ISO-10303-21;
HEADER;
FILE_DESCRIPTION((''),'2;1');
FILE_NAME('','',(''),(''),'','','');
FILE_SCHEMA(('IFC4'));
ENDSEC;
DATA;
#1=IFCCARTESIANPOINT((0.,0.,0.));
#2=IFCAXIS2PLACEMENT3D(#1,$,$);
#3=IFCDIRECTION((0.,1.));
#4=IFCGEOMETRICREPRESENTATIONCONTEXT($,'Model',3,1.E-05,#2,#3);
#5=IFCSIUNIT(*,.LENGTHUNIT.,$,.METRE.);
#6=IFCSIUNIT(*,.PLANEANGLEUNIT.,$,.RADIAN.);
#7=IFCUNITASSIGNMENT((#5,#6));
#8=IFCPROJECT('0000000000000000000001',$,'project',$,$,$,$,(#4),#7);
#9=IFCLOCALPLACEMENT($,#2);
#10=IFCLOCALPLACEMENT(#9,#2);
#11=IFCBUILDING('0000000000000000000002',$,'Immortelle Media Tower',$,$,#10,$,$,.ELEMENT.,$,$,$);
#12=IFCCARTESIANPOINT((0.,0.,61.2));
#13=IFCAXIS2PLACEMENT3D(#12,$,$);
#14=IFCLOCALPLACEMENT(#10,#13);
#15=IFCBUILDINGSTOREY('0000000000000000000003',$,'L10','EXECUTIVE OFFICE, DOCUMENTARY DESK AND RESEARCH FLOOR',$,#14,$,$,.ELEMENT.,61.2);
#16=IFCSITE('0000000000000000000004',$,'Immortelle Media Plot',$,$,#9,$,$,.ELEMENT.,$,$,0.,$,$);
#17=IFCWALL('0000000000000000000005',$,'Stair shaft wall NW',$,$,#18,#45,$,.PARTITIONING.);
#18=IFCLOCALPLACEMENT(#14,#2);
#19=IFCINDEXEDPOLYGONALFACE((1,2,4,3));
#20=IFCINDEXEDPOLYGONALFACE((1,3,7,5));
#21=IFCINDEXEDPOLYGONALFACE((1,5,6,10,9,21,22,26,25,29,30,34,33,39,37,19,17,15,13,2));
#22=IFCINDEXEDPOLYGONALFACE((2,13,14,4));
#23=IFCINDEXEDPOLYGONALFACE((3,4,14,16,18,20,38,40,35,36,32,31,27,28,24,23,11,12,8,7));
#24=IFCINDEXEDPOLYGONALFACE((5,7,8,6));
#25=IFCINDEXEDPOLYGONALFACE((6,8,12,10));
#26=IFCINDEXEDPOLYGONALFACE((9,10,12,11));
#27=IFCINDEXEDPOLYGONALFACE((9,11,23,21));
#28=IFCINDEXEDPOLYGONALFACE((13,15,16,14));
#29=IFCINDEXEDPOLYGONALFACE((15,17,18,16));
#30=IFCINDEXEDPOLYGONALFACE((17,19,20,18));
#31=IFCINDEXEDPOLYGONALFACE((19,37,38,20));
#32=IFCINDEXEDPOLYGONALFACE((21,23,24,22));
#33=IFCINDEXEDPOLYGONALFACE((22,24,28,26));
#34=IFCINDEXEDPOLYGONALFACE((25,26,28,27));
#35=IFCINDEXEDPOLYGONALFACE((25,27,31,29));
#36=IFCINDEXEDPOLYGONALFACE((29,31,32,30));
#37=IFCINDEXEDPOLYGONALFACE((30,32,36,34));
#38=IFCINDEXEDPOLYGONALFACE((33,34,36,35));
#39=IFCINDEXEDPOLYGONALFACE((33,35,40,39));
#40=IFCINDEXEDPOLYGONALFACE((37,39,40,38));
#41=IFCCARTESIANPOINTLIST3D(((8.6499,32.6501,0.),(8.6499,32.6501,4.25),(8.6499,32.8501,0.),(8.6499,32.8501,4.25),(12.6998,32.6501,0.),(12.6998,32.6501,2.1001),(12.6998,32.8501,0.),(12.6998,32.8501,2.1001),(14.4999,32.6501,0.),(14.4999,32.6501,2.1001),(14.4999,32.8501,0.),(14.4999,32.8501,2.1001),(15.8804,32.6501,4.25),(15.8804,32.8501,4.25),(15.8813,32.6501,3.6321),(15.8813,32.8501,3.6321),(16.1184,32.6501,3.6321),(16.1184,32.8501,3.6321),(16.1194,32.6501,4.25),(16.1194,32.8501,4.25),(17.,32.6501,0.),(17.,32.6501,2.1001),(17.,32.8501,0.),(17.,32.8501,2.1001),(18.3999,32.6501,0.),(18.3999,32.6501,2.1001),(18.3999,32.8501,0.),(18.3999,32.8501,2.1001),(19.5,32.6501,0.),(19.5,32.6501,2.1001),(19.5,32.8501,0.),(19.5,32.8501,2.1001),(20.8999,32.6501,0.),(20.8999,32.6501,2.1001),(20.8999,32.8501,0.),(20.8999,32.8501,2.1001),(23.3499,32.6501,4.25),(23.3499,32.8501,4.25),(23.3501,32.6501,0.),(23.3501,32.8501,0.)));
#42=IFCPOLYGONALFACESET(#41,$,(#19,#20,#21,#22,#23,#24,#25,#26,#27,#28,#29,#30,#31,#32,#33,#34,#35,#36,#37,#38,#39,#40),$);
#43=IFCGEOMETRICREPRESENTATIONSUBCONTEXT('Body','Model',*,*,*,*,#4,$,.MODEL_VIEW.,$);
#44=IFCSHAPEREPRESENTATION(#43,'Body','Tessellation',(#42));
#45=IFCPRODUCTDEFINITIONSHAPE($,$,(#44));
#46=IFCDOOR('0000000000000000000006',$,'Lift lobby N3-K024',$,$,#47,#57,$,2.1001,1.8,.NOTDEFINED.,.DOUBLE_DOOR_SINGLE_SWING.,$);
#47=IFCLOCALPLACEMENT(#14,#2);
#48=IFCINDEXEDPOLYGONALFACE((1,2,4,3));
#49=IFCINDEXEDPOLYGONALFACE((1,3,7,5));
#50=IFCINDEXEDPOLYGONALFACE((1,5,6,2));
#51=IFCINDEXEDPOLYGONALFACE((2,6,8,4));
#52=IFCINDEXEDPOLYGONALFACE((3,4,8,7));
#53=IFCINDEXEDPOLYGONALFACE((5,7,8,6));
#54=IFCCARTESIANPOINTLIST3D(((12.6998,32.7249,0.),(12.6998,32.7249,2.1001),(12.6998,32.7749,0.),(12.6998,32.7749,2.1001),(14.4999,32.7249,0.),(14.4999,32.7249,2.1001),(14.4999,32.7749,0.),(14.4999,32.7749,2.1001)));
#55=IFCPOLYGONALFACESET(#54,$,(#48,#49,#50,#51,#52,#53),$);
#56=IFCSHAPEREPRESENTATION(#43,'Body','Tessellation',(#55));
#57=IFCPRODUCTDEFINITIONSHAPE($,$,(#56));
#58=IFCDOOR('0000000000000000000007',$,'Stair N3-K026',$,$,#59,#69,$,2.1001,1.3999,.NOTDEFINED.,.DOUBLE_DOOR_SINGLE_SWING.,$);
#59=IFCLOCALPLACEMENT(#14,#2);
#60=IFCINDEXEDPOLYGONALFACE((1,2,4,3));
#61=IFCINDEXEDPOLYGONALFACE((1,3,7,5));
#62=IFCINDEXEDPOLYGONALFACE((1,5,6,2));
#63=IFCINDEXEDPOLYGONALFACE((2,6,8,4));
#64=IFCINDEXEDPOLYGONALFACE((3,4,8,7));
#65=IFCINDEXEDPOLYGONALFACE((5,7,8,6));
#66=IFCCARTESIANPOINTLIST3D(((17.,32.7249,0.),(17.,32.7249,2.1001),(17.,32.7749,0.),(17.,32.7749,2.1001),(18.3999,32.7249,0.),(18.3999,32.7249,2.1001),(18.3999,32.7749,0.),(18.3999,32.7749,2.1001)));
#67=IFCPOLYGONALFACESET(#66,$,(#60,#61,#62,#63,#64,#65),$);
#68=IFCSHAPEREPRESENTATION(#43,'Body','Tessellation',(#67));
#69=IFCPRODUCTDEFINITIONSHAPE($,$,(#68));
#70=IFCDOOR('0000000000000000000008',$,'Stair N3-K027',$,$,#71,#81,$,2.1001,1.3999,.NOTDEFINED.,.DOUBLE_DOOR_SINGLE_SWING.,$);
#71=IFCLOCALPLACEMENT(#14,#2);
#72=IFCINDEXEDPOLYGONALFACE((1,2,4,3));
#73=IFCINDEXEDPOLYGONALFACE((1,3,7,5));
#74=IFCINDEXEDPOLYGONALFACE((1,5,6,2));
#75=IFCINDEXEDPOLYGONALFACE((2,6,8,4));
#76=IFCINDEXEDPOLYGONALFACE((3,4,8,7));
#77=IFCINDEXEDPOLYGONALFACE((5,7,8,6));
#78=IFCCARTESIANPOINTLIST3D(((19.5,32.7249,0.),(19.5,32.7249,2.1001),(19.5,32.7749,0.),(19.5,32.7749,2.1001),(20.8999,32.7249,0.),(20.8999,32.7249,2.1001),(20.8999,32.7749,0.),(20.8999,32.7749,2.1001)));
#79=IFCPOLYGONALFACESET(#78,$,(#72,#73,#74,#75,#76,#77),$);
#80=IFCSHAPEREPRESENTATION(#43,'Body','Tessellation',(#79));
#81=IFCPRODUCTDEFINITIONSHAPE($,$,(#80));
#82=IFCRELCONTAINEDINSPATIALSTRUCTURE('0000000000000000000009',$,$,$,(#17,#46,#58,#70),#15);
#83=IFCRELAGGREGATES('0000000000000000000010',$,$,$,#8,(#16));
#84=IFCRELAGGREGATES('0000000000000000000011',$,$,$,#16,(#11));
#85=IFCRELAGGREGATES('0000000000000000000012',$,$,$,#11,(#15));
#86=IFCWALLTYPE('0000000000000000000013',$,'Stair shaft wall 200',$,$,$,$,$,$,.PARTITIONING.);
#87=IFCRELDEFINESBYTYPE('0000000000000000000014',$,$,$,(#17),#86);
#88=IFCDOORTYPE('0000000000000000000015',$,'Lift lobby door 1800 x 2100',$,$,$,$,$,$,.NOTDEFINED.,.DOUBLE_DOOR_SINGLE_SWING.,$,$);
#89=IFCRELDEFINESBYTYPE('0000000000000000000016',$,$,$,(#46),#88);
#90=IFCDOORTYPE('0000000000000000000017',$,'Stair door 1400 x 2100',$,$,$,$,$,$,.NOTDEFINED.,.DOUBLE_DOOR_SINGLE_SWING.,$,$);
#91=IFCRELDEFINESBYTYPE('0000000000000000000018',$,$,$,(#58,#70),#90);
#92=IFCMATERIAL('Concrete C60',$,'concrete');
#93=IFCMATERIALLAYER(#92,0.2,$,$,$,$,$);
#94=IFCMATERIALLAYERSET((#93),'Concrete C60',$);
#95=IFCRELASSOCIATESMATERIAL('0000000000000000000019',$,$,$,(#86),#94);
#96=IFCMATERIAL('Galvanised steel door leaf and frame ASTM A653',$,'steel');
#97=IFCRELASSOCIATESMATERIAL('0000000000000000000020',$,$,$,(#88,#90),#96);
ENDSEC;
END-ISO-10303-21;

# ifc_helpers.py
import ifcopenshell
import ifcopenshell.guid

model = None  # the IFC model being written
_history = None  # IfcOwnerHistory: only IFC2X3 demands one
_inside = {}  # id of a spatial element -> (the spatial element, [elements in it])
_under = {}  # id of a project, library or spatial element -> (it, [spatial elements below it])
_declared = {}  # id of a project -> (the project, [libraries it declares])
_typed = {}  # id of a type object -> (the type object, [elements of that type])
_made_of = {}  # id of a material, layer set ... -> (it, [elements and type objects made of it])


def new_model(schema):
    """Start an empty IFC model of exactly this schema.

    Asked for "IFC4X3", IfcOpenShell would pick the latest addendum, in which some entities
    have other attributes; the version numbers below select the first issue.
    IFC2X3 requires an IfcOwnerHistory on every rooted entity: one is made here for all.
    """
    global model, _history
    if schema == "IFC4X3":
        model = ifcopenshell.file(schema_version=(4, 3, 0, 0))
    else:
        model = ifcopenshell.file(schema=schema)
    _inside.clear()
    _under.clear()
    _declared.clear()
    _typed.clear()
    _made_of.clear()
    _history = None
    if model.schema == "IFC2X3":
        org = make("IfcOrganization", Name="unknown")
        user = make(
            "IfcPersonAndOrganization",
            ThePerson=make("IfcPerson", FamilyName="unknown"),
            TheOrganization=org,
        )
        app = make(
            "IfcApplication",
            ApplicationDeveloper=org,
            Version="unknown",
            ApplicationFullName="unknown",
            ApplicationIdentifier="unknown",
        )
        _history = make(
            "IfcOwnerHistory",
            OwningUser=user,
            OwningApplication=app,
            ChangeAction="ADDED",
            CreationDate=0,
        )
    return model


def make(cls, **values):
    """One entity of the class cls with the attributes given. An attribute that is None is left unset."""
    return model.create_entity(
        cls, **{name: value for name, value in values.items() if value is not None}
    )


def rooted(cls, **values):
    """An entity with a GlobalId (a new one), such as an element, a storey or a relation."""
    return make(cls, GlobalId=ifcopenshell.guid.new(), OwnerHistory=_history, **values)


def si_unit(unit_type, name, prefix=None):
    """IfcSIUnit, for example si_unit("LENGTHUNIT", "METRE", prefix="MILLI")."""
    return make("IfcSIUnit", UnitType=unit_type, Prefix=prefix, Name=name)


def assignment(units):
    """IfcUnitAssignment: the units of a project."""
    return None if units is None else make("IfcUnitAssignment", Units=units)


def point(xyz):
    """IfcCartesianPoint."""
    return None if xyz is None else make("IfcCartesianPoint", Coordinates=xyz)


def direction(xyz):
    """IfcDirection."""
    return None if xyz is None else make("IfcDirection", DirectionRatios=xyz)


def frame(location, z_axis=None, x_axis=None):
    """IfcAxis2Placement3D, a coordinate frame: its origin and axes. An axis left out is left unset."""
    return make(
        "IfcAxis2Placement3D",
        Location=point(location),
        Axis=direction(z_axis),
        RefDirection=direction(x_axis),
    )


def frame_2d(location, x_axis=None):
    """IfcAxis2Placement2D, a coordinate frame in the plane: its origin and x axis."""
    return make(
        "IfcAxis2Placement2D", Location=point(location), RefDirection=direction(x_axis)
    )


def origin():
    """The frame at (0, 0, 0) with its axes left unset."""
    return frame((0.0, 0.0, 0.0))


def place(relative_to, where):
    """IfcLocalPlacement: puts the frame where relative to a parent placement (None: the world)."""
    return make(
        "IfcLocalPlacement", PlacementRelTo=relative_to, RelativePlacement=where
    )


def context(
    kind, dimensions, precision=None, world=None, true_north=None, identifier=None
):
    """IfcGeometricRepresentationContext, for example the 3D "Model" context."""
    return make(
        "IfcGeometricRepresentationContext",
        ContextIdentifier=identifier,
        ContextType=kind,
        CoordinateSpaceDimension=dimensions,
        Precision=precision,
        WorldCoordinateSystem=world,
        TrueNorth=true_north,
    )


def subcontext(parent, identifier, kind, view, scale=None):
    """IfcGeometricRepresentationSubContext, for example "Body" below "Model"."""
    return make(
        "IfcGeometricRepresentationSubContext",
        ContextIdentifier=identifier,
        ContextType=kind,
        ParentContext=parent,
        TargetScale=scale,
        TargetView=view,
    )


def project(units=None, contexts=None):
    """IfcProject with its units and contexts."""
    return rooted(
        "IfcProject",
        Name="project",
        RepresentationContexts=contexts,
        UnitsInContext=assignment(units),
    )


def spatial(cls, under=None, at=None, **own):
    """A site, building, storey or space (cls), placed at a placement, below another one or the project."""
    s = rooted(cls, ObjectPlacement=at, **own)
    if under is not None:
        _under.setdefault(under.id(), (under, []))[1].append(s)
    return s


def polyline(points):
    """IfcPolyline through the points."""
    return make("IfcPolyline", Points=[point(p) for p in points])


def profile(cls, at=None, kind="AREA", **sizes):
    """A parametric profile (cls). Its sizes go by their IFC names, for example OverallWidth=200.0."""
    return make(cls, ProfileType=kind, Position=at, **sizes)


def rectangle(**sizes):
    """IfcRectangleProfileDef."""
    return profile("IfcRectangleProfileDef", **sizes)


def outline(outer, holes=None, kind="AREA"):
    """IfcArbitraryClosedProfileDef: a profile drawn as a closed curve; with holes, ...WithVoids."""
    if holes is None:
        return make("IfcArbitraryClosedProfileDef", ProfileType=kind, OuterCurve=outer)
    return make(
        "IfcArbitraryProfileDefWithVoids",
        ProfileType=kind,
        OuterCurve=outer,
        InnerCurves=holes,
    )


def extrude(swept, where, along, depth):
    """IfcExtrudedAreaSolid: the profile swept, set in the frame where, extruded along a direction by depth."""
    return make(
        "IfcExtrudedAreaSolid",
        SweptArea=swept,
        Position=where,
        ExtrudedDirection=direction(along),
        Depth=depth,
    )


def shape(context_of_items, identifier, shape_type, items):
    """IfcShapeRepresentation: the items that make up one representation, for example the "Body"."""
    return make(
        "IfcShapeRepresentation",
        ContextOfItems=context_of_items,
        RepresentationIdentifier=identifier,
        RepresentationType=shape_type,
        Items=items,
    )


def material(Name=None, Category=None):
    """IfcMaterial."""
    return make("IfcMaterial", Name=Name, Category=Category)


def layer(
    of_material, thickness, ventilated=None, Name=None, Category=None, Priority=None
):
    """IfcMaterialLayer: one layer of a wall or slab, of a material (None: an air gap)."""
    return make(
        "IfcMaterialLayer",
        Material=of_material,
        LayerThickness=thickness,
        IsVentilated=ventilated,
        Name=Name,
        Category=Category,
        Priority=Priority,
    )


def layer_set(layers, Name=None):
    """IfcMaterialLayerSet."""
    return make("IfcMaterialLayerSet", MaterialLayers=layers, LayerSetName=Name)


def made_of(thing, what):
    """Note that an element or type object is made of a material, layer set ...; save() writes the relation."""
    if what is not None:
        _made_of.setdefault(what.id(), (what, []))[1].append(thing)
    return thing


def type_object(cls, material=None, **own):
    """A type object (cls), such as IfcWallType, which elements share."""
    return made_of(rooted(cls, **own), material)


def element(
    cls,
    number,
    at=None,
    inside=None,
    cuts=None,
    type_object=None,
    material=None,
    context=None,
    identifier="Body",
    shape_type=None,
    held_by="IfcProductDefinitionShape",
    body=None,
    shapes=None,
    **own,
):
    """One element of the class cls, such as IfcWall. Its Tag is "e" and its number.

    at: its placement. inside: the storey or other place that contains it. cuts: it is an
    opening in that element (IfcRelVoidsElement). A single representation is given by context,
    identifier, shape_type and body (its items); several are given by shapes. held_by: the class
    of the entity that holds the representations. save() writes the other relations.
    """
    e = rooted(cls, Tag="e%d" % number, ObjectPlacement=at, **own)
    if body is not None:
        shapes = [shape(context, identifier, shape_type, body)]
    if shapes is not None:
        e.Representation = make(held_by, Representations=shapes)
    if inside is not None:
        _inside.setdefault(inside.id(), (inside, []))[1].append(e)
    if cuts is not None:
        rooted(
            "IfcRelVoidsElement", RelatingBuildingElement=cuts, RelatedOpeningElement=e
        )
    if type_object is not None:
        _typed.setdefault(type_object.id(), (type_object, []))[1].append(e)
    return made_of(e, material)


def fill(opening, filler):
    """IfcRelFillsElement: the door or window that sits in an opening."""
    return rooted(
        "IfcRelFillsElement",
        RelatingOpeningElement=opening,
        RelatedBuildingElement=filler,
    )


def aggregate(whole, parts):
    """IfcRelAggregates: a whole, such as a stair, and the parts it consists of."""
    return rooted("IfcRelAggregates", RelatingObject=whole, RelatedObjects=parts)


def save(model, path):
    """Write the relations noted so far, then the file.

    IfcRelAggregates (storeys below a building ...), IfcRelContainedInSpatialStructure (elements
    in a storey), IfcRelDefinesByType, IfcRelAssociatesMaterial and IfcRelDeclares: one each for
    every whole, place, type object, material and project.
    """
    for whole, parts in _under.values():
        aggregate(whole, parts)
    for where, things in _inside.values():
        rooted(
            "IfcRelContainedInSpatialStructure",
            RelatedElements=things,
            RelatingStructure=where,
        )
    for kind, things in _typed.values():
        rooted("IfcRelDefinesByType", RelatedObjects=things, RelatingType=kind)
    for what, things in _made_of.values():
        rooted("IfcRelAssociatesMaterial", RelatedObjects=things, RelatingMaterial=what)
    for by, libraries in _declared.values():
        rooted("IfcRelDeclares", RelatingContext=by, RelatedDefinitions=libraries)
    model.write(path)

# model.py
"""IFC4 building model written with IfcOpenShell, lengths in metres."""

from ifc_helpers import new_model, si_unit, direction, frame, frame_2d, origin, place, context, subcontext, project, spatial, polyline, rectangle, outline, extrude, material, layer, layer_set, type_object, element, fill, save


model = new_model("IFC4")

# Units and contexts
model_context = context("Model", 3, precision=1e-05, world=origin(), true_north=direction((0.0, 1.0)))
body_context = subcontext(model_context, "Body", "Model", "MODEL_VIEW")
ifc_project = project(units=[si_unit("LENGTHUNIT", "METRE"), si_unit("PLANEANGLEUNIT", "RADIAN")], contexts=[model_context])

# Site, building, storey
site_placement = place(None, origin())
site = spatial("IfcSite", under=ifc_project, at=site_placement, Name="Immortelle Media Plot", CompositionType="ELEMENT", RefElevation=0.0)
building_placement = place(site_placement, origin())
building = spatial("IfcBuilding", under=site, at=building_placement, Name="Immortelle Media Tower", CompositionType="ELEMENT")
storey_placement = place(building_placement, frame((0.0, 0.0, 61.2)))
storey = spatial("IfcBuildingStorey", under=building, at=storey_placement, Name="L10", Description="EXECUTIVE OFFICE, DOCUMENTARY DESK AND RESEARCH FLOOR", CompositionType="ELEMENT", Elevation=61.2)

# Wall, openings, doors
ifc_material_1 = material(Name="Concrete C60", Category="concrete")
ifc_layer_1 = layer(ifc_material_1, 0.2)
ifc_layer_set_1 = layer_set([ifc_layer_1], Name="Concrete C60")
wall_type_1 = type_object("IfcWallType", Name="Stair shaft wall 200", PredefinedType="PARTITIONING", material=ifc_layer_set_1)
wall_1_placement = place(storey_placement, frame((8.6499, 32.75, 0.0), z_axis=(0.0, 0.0, 1.0), x_axis=(1.0, 0.0, 0.0)))
wall_1 = element("IfcWall", 1, at=wall_1_placement, inside=storey, type_object=wall_type_1, Name="Stair shaft wall NW", PredefinedType="PARTITIONING", context=body_context, shape_type="SweptSolid", body=[
    extrude(outline(polyline([(0.0, 0.0), (14.7002, 0.0), (14.7, 4.25), (7.4695, 4.25), (7.4685, 3.6321), (7.2314, 3.6321), (7.2305, 4.25), (0.0, 4.25), (0.0, 0.0)])), frame((0.0, 0.1001, 0.0), z_axis=(0.0, -1.0, 0.0), x_axis=(1.0, 0.0, 0.0)), (0.0, 0.0, 1.0), 0.2),
])
opening_1_placement = place(wall_1_placement, frame((4.05, 0.0, 0.0)))
opening_1 = element("IfcOpeningElement", 2, at=opening_1_placement, cuts=wall_1, PredefinedType="OPENING", context=body_context, shape_type="SweptSolid", body=[
    extrude(rectangle(XDim=1.8, YDim=2.1001, at=frame_2d((0.8999, 1.05))), frame((0.0, 0.1099, 0.0), z_axis=(0.0, -1.0, 0.0), x_axis=(1.0, 0.0, 0.0)), (0.0, 0.0, 1.0), 0.22),
])
opening_2_placement = place(wall_1_placement, frame((8.3501, 0.0, 0.0)))
opening_2 = element("IfcOpeningElement", 3, at=opening_2_placement, cuts=wall_1, PredefinedType="OPENING", context=body_context, shape_type="SweptSolid", body=[
    extrude(rectangle(XDim=1.3999, YDim=2.1001, at=frame_2d((0.7, 1.05))), frame((0.0, 0.1099, 0.0), z_axis=(0.0, -1.0, 0.0), x_axis=(1.0, 0.0, 0.0)), (0.0, 0.0, 1.0), 0.22),
])
opening_3_placement = place(wall_1_placement, frame((10.8501, 0.0, 0.0)))
opening_3 = element("IfcOpeningElement", 4, at=opening_3_placement, cuts=wall_1, PredefinedType="OPENING", context=body_context, shape_type="SweptSolid", body=[
    extrude(rectangle(XDim=1.3999, YDim=2.1001, at=frame_2d((0.7, 1.05))), frame((0.0, 0.1099, 0.0), z_axis=(0.0, -1.0, 0.0), x_axis=(1.0, 0.0, 0.0)), (0.0, 0.0, 1.0), 0.22),
])
ifc_material_2 = material(Name="Galvanised steel door leaf and frame ASTM A653", Category="steel")
door_type_1 = type_object("IfcDoorType", Name="Lift lobby door 1800 x 2100", OperationType="DOUBLE_DOOR_SINGLE_SWING", PredefinedType="NOTDEFINED", material=ifc_material_2)
door_1_placement = place(opening_1_placement, origin())
door_1 = element("IfcDoor", 5, at=door_1_placement, inside=storey, type_object=door_type_1, Name="Lift lobby N3-K024", OperationType="DOUBLE_DOOR_SINGLE_SWING", OverallHeight=2.1001, OverallWidth=1.8, PredefinedType="NOTDEFINED", context=body_context, shape_type="SweptSolid", body=[
    extrude(rectangle(XDim=1.8, YDim=2.1001, at=frame_2d((0.8999, 1.05))), frame((0.0, 0.0249, 0.0), z_axis=(0.0, -1.0, 0.0), x_axis=(1.0, 0.0, 0.0)), (0.0, 0.0, 1.0), 0.05),
])
fill(opening_1, door_1)
door_type_2 = type_object("IfcDoorType", Name="Stair door 1400 x 2100", OperationType="DOUBLE_DOOR_SINGLE_SWING", PredefinedType="NOTDEFINED", material=ifc_material_2)
door_2_placement = place(opening_2_placement, origin())
door_2 = element("IfcDoor", 6, at=door_2_placement, inside=storey, type_object=door_type_2, Name="Stair N3-K026", OperationType="DOUBLE_DOOR_SINGLE_SWING", OverallHeight=2.1001, OverallWidth=1.3999, PredefinedType="NOTDEFINED", context=body_context, shape_type="SweptSolid", body=[
    extrude(rectangle(XDim=1.3999, YDim=2.1001, at=frame_2d((0.7, 1.05))), frame((0.0, 0.0249, 0.0), z_axis=(0.0, -1.0, 0.0), x_axis=(1.0, 0.0, 0.0)), (0.0, 0.0, 1.0), 0.05),
])
fill(opening_2, door_2)
door_3_placement = place(opening_3_placement, origin())
door_3 = element("IfcDoor", 7, at=door_3_placement, inside=storey, type_object=door_type_2, Name="Stair N3-K027", OperationType="DOUBLE_DOOR_SINGLE_SWING", OverallHeight=2.1001, OverallWidth=1.3999, PredefinedType="NOTDEFINED", context=body_context, shape_type="SweptSolid", body=[
    extrude(rectangle(XDim=1.3999, YDim=2.1001, at=frame_2d((0.7, 1.05))), frame((0.0, 0.0249, 0.0), z_axis=(0.0, -1.0, 0.0), x_axis=(1.0, 0.0, 0.0)), (0.0, 0.0, 1.0), 0.05),
])
fill(opening_3, door_3)

save(model, "model.ifc")
